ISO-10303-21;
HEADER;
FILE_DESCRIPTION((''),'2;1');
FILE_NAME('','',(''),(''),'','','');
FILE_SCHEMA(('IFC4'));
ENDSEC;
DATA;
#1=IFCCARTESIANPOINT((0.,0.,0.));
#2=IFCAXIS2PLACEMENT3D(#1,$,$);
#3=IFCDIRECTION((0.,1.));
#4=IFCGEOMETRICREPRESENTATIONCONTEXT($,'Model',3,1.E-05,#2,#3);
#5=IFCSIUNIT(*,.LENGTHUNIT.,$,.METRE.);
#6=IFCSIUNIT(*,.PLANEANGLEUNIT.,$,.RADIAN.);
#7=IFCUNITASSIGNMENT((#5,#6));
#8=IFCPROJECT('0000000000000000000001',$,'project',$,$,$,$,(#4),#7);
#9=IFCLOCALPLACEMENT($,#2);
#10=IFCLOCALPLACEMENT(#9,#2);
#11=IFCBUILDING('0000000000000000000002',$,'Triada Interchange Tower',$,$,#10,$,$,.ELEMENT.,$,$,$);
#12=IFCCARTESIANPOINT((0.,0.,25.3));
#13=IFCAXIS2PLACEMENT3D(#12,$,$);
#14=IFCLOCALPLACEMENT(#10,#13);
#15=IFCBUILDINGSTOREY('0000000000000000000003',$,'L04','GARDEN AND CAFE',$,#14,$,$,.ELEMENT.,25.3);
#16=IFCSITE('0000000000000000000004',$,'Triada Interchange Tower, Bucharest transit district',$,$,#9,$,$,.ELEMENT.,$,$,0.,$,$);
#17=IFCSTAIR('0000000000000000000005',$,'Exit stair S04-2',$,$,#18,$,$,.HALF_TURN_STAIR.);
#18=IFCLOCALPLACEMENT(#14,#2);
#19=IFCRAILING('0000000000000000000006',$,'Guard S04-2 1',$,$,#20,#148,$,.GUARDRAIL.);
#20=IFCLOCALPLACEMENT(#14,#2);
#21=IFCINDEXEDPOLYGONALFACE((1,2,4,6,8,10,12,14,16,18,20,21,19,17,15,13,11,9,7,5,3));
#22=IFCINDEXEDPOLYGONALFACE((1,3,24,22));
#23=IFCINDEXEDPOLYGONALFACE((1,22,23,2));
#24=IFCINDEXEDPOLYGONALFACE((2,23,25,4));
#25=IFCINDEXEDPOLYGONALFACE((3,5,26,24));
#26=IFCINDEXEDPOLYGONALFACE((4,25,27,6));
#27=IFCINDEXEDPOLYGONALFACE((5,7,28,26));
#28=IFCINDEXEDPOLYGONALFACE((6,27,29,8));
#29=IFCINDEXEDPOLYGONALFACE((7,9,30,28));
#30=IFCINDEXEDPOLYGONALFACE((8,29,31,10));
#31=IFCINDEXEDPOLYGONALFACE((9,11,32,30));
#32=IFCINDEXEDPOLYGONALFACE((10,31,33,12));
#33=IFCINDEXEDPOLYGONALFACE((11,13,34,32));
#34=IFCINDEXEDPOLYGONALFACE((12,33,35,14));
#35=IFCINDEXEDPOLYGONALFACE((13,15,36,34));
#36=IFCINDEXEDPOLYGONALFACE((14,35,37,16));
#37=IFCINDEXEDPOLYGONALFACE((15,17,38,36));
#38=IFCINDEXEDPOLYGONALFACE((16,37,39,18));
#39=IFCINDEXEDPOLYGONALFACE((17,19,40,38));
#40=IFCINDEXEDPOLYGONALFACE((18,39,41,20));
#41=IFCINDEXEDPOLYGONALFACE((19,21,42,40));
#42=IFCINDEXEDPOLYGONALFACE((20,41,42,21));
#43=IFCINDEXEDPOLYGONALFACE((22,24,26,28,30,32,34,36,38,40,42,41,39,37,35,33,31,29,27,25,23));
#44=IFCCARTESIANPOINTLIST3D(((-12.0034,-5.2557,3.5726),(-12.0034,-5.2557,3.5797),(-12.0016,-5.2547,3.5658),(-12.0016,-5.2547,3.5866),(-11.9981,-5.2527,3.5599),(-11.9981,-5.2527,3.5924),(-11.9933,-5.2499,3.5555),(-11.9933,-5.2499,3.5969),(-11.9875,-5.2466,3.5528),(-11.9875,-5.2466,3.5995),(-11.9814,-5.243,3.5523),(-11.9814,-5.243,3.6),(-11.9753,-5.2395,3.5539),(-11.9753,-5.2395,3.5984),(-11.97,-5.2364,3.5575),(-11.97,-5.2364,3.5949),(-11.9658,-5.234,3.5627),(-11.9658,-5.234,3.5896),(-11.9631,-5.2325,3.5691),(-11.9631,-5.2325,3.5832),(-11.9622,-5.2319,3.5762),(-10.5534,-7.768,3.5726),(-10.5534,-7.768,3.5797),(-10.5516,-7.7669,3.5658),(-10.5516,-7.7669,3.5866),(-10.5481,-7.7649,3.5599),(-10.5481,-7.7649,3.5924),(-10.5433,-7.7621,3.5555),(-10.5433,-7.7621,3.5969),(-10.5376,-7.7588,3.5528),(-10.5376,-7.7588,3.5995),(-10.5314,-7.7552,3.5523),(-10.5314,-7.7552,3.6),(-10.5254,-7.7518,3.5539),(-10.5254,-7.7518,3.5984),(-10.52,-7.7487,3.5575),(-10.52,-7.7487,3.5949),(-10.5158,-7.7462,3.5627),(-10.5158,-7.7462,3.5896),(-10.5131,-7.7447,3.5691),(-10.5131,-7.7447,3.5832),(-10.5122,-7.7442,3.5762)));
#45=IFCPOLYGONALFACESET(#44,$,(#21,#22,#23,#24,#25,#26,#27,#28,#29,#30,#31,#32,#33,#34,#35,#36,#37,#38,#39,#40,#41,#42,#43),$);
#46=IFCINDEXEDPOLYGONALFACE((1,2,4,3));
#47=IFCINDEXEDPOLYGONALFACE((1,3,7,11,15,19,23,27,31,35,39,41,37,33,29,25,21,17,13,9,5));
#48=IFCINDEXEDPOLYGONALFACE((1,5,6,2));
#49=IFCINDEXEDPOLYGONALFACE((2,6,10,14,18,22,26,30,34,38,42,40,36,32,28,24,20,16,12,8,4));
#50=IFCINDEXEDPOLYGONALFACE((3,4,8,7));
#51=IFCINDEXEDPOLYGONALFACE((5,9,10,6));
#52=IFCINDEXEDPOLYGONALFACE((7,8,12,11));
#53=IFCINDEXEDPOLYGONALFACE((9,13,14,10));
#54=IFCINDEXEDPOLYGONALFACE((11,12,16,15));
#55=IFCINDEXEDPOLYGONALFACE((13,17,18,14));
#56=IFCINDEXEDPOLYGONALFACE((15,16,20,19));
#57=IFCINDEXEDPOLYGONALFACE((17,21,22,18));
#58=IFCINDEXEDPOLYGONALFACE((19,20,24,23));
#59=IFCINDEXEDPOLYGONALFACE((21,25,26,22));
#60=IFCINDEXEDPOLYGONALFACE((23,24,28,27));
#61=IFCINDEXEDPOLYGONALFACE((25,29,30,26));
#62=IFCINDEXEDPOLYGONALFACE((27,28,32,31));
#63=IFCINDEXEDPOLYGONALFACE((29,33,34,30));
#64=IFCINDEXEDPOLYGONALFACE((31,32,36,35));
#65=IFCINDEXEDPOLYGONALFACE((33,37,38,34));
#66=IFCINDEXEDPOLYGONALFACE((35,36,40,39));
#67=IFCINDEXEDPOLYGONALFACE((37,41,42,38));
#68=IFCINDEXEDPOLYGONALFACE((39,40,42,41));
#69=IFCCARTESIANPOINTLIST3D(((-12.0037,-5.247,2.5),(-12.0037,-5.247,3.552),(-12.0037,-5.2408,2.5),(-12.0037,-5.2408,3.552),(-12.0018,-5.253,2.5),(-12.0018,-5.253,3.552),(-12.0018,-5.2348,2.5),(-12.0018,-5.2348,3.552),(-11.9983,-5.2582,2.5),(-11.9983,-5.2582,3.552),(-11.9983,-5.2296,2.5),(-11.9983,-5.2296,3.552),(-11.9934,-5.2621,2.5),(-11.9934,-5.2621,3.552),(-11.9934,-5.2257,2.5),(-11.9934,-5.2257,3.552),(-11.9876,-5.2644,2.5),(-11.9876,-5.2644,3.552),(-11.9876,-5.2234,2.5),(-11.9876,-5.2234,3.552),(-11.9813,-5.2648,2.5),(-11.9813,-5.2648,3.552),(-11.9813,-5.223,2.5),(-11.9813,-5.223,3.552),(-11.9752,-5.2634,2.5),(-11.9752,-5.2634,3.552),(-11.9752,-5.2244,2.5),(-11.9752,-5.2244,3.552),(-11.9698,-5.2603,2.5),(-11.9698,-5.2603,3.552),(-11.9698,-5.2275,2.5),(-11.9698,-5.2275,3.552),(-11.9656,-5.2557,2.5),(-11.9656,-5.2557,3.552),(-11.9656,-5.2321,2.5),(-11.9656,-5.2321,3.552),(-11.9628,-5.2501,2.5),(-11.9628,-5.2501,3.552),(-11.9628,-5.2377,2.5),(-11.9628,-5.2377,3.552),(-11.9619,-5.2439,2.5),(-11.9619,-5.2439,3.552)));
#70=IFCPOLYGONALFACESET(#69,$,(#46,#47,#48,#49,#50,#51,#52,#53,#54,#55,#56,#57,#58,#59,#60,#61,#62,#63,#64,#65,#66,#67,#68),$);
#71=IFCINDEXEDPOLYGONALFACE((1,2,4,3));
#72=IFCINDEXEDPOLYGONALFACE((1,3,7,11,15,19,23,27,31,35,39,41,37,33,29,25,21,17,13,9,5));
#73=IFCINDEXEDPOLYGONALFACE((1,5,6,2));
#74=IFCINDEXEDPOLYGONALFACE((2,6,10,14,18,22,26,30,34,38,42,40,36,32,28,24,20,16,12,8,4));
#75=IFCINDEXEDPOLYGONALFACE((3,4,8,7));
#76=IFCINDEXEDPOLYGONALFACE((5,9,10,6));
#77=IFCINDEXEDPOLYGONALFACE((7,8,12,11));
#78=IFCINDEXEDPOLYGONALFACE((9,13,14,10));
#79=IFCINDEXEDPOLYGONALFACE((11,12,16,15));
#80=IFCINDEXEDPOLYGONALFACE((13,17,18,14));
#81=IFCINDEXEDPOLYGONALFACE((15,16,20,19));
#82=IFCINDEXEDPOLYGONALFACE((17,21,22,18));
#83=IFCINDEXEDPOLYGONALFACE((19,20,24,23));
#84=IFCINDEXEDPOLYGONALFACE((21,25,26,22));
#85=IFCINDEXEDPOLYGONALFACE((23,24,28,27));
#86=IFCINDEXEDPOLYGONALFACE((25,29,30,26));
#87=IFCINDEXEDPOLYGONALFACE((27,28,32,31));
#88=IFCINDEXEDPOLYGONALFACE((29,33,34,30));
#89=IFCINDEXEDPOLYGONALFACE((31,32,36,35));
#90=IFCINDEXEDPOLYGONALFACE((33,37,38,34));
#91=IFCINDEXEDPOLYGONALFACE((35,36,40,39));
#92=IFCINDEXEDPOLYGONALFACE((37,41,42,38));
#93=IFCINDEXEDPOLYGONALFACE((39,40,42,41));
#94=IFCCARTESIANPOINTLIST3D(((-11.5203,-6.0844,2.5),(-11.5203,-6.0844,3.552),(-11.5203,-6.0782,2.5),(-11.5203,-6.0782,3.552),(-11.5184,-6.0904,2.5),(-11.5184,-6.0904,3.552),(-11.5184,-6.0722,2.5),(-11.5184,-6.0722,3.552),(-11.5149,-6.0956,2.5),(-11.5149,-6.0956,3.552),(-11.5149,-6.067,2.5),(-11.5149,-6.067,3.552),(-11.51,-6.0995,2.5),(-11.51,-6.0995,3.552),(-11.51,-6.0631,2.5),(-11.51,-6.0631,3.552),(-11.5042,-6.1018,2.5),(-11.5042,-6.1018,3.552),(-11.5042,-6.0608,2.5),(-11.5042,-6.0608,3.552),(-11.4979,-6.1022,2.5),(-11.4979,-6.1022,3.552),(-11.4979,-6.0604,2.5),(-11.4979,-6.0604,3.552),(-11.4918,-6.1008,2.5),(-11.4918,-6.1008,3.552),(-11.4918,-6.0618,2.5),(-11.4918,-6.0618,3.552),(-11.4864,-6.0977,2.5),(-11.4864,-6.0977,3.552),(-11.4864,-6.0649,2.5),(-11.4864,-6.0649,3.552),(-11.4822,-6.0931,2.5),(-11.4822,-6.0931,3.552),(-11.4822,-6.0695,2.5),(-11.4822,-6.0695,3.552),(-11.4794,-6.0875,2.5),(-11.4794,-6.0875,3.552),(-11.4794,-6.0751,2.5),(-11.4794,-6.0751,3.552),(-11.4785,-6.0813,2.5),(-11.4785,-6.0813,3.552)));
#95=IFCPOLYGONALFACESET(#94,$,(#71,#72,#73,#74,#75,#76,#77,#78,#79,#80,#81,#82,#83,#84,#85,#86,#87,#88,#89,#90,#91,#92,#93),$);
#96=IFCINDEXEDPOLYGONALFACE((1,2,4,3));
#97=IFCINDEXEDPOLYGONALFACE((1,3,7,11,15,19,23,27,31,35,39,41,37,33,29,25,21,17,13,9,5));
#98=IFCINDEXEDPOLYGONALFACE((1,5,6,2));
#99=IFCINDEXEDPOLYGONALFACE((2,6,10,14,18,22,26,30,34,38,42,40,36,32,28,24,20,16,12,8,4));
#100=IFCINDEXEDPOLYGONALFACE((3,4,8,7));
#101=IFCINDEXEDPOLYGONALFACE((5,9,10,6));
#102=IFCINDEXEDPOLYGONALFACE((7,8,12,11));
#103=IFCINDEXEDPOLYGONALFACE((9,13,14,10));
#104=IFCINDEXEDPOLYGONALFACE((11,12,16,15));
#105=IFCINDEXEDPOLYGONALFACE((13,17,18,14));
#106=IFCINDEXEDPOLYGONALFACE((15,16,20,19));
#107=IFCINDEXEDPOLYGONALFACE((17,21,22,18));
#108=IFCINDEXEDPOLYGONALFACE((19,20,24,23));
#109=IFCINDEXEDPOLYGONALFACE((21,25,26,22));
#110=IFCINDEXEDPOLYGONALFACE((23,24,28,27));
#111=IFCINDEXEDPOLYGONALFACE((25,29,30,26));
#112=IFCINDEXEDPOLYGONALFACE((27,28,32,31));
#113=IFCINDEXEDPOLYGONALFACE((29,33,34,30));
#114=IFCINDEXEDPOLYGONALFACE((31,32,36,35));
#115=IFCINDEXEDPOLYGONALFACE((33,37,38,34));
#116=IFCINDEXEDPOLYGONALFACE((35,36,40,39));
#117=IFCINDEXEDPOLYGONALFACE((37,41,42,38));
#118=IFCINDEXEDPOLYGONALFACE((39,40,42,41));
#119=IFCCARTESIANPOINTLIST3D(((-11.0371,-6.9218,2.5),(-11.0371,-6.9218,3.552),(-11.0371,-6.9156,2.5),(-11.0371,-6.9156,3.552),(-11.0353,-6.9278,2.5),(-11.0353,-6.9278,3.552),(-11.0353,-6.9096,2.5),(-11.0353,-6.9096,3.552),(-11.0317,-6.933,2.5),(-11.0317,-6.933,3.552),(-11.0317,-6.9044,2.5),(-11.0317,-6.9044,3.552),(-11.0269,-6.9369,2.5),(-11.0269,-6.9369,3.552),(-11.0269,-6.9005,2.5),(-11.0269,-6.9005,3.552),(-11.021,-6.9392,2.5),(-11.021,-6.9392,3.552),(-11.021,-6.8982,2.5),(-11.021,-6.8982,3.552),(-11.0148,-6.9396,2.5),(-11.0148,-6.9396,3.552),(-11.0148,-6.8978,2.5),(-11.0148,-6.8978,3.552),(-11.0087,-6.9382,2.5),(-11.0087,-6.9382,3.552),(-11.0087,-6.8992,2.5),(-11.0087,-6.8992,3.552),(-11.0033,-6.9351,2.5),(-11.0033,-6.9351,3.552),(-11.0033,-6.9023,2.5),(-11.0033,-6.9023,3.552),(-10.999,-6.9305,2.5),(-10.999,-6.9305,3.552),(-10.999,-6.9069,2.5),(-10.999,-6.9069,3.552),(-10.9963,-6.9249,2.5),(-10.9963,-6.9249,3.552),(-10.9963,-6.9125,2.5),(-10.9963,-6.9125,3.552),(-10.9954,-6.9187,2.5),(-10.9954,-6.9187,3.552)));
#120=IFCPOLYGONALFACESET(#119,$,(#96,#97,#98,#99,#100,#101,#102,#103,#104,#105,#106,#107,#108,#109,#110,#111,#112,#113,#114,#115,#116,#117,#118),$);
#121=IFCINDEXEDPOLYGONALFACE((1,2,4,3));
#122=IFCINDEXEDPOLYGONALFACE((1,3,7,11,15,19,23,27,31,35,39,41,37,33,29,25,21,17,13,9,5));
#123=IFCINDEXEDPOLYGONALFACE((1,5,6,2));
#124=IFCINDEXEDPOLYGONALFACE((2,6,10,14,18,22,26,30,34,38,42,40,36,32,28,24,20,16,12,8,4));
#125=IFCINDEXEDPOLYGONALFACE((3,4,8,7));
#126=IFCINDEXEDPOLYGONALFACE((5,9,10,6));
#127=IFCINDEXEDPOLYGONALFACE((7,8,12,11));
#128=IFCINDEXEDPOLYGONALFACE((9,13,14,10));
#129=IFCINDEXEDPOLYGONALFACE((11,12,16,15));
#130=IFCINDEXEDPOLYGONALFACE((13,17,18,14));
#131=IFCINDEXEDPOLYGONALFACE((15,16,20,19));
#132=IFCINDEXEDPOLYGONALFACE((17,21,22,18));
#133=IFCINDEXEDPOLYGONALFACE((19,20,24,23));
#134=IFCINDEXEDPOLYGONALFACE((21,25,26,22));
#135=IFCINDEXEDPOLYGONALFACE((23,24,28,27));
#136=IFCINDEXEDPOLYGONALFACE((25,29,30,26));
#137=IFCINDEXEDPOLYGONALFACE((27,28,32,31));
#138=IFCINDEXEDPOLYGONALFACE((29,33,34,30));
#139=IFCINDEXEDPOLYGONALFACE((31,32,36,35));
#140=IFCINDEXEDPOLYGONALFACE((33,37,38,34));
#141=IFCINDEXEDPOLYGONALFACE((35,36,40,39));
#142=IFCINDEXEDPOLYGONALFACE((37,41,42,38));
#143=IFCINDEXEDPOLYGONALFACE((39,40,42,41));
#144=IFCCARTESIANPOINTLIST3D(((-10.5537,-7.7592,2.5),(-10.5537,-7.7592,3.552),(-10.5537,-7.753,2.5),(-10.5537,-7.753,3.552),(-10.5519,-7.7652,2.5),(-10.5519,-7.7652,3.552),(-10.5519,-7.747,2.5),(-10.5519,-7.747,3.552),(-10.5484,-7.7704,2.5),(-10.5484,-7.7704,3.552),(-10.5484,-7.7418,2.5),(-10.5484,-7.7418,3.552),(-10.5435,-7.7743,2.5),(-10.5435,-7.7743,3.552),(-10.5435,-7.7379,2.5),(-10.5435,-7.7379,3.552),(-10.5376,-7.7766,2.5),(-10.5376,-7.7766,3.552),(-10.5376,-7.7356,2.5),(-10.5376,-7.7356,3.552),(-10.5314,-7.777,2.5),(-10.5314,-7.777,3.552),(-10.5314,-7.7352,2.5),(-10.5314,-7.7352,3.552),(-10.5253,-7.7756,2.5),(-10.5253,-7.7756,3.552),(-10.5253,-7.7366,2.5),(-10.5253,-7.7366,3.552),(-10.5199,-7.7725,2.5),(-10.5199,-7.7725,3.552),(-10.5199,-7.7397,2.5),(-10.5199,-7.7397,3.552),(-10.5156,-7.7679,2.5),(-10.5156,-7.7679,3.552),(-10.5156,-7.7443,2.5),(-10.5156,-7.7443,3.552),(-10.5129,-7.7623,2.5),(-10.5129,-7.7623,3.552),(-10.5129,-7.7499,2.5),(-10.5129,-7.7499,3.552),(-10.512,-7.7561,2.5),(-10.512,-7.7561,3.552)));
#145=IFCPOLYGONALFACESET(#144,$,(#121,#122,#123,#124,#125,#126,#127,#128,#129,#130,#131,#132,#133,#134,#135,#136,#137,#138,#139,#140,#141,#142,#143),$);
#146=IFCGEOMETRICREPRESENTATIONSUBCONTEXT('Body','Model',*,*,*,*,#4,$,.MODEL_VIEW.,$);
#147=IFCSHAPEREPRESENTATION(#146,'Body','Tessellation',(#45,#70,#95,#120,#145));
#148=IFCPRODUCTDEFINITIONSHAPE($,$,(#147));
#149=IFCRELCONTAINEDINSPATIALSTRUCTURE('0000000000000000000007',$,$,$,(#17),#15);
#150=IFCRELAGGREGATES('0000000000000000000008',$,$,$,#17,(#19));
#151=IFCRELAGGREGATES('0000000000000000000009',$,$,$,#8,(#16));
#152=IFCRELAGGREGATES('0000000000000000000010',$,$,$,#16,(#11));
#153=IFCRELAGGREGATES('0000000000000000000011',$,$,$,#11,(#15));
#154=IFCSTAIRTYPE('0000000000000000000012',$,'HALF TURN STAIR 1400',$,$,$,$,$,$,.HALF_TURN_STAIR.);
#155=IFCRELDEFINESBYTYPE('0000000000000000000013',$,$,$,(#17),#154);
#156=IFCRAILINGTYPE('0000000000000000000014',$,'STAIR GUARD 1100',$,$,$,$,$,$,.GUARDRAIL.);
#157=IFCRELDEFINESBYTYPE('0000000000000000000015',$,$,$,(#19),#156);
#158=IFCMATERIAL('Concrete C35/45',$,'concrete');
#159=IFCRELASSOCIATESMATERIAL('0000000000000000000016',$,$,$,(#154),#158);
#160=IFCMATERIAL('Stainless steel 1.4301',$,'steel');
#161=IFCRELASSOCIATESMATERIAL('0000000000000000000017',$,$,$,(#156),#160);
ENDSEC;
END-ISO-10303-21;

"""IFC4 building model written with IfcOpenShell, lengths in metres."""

from ifc_helpers import new_model, si_unit, direction, frame, origin, origin_2d, place, context, subcontext, project, spatial, circle, extrude, material, type_object, element, aggregate, save


model = new_model("IFC4")

# Units and contexts
model_context = context("Model", 3, precision=1e-05, world=origin(), true_north=direction((0.0, 1.0)))
body_context = subcontext(model_context, "Body", "Model", "MODEL_VIEW")
ifc_project = project(units=[si_unit("LENGTHUNIT", "METRE"), si_unit("PLANEANGLEUNIT", "RADIAN")], contexts=[model_context])

# Site, building, storey
site_placement = place(None, origin())
site = spatial("IfcSite", under=ifc_project, at=site_placement, Name="Triada Interchange Tower, Bucharest transit district", CompositionType="ELEMENT", RefElevation=0.0)
building_placement = place(site_placement, origin())
building = spatial("IfcBuilding", under=site, at=building_placement, Name="Triada Interchange Tower", CompositionType="ELEMENT")
storey_placement = place(building_placement, frame((0.0, 0.0, 25.3)))
storey = spatial("IfcBuildingStorey", under=building, at=storey_placement, Name="L04", Description="GARDEN AND CAFE", CompositionType="ELEMENT", Elevation=25.3)

# Stair, railing
ifc_material_1 = material(Name="Concrete C35/45", Category="concrete")
stair_type = type_object("IfcStairType", Name="HALF TURN STAIR 1400", PredefinedType="HALF_TURN_STAIR", material=ifc_material_1)
stair_placement = place(storey_placement, origin())
stair = element("IfcStair", 1, at=stair_placement, inside=storey, type_object=stair_type, Name="Exit stair S04-2", PredefinedType="HALF_TURN_STAIR")
ifc_material_2 = material(Name="Stainless steel 1.4301", Category="steel")
railing_type_1 = type_object("IfcRailingType", Name="STAIR GUARD 1100", PredefinedType="GUARDRAIL", material=ifc_material_2)
railing_1_placement = place(storey_placement, frame((-11.9829, -5.2439, 2.5)))
railing_1 = element("IfcRailing", 2, at=railing_1_placement, type_object=railing_type_1, Name="Guard S04-2 1", PredefinedType="GUARDRAIL", context=body_context, shape_type="SweptSolid", body=[
    extrude(circle(Radius=0.0239, at=origin_2d()), frame((0.0, 0.0, 1.0762), z_axis=(0.499878, -0.866096, 0.0), x_axis=(0.866096, 0.499878, 0.0)), (0.0, 0.0, 1.0), 2.9006),
    extrude(circle(Radius=0.021, at=origin_2d()), origin(), (0.0, 0.0, 1.0), 1.052),
    extrude(circle(Radius=0.021, at=origin_2d()), frame((0.4834, -0.8374, 0.0)), (0.0, 0.0, 1.0), 1.052),
    extrude(circle(Radius=0.021, at=origin_2d()), frame((0.9666, -1.6748, 0.0)), (0.0, 0.0, 1.0), 1.052),
    extrude(circle(Radius=0.021, at=origin_2d()), frame((1.45, -2.5122, 0.0)), (0.0, 0.0, 1.0), 1.052),
])
aggregate(stair, [railing_1])

save(model, "model.ifc")
